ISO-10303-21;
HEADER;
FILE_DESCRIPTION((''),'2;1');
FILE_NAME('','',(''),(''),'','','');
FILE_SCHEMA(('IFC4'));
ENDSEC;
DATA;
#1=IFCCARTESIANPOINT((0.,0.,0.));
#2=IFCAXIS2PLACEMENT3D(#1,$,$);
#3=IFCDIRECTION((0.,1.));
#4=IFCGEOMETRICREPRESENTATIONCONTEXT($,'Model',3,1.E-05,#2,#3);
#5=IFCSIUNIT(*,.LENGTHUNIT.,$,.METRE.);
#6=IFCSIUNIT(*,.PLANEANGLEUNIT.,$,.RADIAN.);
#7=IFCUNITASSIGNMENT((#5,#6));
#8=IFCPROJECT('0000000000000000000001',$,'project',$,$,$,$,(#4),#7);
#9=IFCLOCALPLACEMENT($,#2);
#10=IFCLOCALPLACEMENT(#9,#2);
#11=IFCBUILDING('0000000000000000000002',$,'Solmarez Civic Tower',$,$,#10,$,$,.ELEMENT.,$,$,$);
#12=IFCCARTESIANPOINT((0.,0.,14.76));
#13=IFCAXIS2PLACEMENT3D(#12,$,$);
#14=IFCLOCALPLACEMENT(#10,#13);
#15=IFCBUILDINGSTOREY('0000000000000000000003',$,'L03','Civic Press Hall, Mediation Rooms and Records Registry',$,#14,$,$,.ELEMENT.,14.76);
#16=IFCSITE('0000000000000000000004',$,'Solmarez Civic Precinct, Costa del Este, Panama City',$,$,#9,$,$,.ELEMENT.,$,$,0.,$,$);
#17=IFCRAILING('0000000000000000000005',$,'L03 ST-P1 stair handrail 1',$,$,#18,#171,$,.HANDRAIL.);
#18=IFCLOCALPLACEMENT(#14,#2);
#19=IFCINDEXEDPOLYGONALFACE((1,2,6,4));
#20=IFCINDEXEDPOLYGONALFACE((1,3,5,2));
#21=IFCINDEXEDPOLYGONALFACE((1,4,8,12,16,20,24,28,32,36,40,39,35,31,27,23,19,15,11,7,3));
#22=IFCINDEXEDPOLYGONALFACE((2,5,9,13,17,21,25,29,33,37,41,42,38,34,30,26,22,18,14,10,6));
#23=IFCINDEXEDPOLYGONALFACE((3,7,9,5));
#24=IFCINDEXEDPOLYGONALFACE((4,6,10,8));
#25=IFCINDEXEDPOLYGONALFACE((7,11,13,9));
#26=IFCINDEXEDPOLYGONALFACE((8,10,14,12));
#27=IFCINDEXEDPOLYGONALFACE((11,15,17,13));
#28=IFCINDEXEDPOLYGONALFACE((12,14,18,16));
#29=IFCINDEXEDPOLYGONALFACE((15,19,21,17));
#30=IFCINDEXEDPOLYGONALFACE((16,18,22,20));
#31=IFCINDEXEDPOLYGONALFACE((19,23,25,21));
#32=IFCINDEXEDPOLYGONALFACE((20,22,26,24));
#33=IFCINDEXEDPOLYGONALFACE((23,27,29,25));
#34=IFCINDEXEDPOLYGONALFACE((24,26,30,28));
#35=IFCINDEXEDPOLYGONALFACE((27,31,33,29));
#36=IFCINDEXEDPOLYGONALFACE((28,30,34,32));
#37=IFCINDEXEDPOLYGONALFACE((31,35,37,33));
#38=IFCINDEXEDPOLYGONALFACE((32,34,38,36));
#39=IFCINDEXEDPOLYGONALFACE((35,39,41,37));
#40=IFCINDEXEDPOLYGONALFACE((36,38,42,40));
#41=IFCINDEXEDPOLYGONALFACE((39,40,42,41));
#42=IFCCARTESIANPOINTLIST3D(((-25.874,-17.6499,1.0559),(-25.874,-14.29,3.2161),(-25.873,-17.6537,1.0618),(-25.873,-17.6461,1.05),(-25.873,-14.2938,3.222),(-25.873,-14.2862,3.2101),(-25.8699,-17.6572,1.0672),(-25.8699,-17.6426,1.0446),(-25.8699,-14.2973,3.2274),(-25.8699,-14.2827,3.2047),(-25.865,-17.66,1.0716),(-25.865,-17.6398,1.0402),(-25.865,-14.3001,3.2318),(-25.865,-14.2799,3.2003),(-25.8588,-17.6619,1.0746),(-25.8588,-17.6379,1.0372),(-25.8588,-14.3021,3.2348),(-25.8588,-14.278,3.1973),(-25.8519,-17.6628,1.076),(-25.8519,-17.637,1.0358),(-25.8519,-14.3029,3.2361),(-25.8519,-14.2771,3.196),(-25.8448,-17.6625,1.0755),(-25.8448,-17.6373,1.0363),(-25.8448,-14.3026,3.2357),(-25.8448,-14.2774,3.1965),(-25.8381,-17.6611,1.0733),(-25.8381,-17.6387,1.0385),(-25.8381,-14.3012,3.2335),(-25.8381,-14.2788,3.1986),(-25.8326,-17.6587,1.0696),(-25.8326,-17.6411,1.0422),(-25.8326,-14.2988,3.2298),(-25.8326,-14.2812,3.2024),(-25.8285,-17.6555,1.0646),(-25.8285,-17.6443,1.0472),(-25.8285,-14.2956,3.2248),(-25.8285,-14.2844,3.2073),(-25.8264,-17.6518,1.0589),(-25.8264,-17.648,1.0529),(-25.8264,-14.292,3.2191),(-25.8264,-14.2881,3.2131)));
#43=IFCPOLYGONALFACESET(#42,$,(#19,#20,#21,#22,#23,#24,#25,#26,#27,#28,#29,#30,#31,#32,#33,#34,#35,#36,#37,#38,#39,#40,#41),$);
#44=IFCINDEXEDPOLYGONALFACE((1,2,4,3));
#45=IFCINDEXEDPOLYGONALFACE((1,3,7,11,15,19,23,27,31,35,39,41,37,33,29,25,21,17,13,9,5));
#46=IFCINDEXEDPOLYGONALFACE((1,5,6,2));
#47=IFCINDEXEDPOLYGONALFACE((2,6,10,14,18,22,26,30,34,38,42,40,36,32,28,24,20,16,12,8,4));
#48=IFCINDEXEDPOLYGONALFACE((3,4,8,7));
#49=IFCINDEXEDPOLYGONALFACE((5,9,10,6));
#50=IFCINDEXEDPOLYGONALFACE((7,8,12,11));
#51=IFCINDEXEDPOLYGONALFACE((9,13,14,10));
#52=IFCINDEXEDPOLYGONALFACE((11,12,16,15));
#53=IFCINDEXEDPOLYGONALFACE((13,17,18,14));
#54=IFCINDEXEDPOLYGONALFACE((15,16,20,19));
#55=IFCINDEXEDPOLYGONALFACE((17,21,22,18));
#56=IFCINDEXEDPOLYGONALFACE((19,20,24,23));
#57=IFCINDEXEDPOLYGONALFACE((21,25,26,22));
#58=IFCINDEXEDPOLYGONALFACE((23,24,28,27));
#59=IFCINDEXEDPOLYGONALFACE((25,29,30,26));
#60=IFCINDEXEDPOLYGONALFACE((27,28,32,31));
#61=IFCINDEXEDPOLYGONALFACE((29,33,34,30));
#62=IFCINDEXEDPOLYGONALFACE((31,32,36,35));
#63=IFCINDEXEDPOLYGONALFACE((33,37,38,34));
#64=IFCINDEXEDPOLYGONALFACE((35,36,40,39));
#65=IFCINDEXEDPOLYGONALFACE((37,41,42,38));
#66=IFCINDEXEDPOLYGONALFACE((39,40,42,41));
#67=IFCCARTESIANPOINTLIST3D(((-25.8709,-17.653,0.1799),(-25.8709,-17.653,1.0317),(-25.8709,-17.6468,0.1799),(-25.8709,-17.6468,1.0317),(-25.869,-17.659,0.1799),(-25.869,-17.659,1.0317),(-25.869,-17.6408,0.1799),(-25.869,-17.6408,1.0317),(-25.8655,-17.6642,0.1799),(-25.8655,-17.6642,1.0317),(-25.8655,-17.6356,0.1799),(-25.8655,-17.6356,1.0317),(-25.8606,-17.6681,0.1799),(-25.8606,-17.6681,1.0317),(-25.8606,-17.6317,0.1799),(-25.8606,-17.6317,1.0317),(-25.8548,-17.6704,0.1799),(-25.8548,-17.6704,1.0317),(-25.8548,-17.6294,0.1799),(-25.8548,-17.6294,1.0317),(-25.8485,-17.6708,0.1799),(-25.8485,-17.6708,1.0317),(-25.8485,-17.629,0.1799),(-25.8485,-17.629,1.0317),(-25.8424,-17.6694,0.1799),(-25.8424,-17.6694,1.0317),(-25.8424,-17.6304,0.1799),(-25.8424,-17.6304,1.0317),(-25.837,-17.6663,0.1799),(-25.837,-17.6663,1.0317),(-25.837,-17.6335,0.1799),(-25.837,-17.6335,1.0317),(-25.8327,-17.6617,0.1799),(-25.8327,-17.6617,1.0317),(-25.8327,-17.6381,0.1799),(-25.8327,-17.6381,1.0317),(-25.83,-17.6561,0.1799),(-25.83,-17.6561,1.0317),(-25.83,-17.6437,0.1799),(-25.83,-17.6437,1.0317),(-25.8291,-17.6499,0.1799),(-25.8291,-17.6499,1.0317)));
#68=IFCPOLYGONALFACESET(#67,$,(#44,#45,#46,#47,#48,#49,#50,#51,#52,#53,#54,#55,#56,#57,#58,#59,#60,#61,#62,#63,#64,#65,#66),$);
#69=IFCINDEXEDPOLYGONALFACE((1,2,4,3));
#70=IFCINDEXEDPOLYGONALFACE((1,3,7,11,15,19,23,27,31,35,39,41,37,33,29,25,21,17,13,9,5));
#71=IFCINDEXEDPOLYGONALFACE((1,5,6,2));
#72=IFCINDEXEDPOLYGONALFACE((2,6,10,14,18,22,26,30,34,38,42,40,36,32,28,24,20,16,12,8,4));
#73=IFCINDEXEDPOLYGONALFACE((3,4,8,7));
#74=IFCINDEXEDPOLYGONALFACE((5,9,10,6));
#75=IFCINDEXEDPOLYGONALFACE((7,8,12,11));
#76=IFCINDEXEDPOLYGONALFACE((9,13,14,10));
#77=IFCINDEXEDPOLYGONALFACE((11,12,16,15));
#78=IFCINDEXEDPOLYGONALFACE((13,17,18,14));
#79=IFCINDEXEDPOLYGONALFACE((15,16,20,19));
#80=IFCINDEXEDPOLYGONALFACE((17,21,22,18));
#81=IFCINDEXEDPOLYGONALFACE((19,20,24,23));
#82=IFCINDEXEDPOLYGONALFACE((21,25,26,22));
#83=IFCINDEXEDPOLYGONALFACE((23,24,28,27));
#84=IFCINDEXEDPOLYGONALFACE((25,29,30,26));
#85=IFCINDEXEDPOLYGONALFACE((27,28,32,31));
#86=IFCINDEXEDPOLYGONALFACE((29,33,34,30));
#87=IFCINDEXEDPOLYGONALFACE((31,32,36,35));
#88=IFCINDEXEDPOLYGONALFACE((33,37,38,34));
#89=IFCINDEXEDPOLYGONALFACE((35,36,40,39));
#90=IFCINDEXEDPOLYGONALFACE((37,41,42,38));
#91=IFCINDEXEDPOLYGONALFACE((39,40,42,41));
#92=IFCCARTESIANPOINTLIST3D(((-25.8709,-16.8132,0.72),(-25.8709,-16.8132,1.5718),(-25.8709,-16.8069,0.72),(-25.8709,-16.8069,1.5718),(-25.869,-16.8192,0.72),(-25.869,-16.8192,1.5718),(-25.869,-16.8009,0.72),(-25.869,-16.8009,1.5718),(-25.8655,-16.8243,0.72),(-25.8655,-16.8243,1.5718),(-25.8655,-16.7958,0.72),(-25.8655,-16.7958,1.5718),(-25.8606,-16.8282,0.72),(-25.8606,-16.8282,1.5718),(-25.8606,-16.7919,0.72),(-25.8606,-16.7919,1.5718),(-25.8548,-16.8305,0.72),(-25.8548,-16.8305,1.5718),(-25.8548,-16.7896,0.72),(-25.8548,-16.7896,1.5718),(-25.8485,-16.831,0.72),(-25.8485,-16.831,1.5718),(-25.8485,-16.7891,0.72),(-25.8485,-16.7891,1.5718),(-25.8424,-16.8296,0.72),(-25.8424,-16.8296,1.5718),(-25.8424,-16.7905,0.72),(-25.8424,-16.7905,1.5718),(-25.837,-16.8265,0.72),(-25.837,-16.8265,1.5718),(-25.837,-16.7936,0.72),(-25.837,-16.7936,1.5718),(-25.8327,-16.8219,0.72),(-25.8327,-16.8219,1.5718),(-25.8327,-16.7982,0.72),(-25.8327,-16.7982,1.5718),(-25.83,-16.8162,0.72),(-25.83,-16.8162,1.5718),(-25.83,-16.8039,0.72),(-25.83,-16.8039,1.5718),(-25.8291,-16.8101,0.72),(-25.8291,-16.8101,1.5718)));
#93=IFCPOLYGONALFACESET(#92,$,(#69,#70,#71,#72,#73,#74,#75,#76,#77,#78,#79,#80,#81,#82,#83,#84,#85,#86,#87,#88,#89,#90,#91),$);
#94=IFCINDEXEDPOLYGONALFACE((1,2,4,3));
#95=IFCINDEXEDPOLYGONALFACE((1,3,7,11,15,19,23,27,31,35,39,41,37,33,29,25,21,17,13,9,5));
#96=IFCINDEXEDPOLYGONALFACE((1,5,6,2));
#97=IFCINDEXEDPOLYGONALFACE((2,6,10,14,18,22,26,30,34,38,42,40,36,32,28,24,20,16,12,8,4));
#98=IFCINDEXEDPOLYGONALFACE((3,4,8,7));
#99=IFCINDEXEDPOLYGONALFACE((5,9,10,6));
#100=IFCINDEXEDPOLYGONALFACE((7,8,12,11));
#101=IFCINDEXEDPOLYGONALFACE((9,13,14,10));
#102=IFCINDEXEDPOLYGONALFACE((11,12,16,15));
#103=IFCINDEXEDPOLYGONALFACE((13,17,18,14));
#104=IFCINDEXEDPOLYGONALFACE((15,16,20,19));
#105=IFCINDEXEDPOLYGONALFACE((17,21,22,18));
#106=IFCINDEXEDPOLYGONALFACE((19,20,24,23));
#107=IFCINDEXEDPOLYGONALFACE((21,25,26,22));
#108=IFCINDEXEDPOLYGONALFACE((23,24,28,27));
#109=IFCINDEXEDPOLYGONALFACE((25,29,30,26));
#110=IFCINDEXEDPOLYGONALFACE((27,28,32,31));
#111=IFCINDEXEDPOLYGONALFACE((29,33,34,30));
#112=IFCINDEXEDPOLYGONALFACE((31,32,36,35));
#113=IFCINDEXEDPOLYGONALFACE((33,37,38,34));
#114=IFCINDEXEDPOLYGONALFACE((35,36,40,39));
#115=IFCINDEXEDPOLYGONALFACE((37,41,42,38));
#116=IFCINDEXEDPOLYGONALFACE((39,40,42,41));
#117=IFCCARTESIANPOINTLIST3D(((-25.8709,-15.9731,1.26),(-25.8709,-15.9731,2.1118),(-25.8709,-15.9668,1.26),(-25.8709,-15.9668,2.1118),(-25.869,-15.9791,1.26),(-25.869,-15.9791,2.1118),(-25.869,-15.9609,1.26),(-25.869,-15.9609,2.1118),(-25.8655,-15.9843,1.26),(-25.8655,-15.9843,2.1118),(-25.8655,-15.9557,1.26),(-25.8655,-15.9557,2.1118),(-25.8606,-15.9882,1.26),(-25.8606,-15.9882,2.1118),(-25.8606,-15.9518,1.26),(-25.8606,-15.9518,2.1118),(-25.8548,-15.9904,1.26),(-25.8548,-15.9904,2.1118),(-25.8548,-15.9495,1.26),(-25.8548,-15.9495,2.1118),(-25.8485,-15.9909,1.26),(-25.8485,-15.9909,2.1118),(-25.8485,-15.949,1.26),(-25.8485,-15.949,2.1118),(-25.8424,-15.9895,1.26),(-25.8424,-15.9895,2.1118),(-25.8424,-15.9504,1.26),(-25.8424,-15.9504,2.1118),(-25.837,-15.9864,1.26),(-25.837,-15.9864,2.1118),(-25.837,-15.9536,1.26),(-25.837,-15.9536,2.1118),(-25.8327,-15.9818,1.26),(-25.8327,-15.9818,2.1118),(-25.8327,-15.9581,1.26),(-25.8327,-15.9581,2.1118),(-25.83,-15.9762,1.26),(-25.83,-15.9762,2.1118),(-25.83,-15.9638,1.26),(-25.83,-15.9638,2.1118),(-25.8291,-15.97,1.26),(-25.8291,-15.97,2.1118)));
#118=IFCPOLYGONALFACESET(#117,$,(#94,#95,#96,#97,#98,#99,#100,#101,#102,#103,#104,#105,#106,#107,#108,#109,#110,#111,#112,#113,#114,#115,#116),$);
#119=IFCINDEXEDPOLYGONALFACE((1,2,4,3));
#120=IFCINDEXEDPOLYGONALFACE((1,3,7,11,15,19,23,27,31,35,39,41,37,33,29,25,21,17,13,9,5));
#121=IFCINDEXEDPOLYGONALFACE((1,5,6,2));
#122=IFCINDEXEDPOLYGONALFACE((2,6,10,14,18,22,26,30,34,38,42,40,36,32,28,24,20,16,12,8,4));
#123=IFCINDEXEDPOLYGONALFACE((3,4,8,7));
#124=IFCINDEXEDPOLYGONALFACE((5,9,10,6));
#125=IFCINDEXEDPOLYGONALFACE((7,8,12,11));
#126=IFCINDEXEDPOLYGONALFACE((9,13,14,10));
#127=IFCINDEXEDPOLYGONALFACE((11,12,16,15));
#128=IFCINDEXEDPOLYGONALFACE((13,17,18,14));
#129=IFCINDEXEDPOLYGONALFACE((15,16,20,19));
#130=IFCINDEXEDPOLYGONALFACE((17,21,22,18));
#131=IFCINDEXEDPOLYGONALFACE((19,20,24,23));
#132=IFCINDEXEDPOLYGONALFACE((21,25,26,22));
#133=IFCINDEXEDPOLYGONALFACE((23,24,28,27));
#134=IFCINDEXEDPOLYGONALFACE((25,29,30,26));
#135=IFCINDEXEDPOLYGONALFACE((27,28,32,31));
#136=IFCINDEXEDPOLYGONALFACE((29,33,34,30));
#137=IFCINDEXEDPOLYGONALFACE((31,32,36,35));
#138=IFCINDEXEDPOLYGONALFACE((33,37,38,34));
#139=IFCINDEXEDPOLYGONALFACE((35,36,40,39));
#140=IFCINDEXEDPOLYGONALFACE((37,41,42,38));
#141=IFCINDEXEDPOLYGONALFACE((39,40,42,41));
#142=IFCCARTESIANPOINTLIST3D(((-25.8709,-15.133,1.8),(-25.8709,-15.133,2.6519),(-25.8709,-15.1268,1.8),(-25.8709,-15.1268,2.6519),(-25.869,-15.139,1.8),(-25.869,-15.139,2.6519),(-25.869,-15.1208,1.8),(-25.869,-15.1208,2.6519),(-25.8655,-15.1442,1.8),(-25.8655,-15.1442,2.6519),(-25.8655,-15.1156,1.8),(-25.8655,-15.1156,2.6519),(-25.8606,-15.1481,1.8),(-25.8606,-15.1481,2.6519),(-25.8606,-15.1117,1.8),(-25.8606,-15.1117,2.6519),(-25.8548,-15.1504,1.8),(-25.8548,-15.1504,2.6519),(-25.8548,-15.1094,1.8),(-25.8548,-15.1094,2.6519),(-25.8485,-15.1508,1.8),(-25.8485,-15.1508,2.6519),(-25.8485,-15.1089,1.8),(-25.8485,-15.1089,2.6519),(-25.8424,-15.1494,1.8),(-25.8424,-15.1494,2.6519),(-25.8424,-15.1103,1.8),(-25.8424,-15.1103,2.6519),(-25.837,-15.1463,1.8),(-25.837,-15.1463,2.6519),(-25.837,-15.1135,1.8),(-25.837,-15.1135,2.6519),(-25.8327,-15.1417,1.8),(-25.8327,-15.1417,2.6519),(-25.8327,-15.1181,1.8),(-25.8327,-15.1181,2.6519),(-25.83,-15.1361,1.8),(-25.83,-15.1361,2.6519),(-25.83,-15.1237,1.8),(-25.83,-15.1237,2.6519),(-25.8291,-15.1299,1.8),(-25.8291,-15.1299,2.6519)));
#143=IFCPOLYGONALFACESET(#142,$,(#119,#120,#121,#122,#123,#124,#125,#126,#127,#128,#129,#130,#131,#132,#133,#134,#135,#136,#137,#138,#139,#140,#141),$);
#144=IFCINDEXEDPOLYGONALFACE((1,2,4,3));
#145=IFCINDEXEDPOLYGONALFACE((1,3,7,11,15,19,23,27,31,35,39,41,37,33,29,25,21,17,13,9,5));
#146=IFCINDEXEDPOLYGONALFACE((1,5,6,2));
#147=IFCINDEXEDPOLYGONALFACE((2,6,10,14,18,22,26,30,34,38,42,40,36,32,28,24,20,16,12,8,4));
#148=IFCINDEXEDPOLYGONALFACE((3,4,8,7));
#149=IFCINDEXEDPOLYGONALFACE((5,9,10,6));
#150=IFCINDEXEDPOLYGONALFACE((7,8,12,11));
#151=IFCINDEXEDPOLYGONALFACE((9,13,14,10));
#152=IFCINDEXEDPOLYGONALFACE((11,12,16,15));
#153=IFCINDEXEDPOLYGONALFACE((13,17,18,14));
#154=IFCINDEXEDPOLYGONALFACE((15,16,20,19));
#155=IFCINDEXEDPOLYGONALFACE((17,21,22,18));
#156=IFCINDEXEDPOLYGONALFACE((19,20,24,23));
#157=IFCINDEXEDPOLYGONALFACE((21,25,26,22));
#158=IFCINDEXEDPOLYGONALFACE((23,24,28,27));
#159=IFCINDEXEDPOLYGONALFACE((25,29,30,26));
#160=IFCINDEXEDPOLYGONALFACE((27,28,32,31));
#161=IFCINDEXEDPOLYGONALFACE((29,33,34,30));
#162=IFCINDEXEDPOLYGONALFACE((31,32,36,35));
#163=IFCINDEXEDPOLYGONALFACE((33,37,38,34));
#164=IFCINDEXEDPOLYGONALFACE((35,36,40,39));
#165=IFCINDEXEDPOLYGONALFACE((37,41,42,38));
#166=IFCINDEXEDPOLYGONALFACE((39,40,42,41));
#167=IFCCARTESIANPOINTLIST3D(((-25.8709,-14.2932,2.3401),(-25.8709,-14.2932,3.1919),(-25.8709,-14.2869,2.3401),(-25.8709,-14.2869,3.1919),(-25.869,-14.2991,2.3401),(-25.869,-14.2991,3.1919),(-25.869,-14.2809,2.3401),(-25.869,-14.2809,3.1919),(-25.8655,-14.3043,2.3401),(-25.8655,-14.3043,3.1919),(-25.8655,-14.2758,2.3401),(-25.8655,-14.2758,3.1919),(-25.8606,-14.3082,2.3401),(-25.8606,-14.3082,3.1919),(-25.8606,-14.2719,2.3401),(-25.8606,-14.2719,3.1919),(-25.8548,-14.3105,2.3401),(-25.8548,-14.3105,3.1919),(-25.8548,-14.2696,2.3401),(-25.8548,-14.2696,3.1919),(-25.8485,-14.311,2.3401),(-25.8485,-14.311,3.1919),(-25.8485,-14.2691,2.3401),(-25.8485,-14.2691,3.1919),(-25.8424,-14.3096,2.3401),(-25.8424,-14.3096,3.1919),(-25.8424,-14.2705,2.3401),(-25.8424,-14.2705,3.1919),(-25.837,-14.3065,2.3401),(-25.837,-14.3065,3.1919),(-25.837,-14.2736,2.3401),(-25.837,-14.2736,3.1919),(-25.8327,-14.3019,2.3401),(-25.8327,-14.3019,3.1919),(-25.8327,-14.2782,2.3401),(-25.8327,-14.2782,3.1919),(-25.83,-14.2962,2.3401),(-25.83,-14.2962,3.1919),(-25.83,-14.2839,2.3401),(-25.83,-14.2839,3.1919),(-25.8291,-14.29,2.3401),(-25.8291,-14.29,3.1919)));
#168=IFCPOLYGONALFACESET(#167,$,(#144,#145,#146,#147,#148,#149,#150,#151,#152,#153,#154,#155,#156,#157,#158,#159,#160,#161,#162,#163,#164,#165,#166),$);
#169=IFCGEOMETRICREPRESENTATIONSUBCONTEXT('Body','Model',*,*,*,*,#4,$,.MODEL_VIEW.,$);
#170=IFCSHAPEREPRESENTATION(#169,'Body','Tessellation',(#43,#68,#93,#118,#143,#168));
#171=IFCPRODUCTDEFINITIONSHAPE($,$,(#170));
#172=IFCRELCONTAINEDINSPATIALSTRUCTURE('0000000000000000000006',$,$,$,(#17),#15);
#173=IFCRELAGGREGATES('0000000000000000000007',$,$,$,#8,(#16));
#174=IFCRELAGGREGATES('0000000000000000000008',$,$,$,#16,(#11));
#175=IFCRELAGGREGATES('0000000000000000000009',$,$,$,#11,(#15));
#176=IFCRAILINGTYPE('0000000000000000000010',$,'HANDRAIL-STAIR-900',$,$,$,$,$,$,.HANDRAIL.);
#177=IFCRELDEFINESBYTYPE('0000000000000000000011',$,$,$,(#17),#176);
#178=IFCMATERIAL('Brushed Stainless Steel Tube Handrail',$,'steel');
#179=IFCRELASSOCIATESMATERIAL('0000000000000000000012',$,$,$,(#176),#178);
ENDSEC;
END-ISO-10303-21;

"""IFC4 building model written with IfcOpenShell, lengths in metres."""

from ifc_helpers import new_model, si_unit, direction, frame, origin, origin_2d, place, context, subcontext, project, spatial, circle, extrude, material, type_object, element, save


model = new_model("IFC4")

# Units and contexts
model_context = context("Model", 3, precision=1e-05, world=origin(), true_north=direction((0.0, 1.0)))
body_context = subcontext(model_context, "Body", "Model", "MODEL_VIEW")
ifc_project = project(units=[si_unit("LENGTHUNIT", "METRE"), si_unit("PLANEANGLEUNIT", "RADIAN")], contexts=[model_context])

# Site, building, storey
site_placement = place(None, origin())
site = spatial("IfcSite", under=ifc_project, at=site_placement, Name="Solmarez Civic Precinct, Costa del Este, Panama City", CompositionType="ELEMENT", RefElevation=0.0)
building_placement = place(site_placement, origin())
building = spatial("IfcBuilding", under=site, at=building_placement, Name="Solmarez Civic Tower", CompositionType="ELEMENT")
storey_placement = place(building_placement, frame((0.0, 0.0, 14.76)))
storey = spatial("IfcBuildingStorey", under=building, at=storey_placement, Name="L03", Description="Civic Press Hall, Mediation Rooms and Records Registry", CompositionType="ELEMENT", Elevation=14.76)

# Railing
ifc_material_1 = material(Name="Brushed Stainless Steel Tube Handrail", Category="steel")
railing_type_1 = type_object("IfcRailingType", Name="HANDRAIL-STAIR-900", PredefinedType="HANDRAIL", material=ifc_material_1)
railing_1_placement = place(storey_placement, frame((-25.8501, -17.6499, 0.1799)))
element("IfcRailing", 1, at=railing_1_placement, inside=storey, type_object=railing_type_1, Name="L03 ST-P1 stair handrail 1", PredefinedType="HANDRAIL", context=body_context, shape_type="SweptSolid", body=[
    extrude(circle(Radius=0.0239, at=origin_2d()), frame((0.0, 0.0, 0.876), z_axis=(0.0, 0.841151, 0.540801), x_axis=(-1.0, 0.0, 0.0)), (0.0, 0.0, 1.0), 3.9944),
    extrude(circle(Radius=0.021, at=origin_2d()), origin(), (0.0, 0.0, 1.0), 0.8518),
    extrude(circle(Radius=0.021, at=origin_2d()), frame((0.0, 0.8398, 0.54)), (0.0, 0.0, 1.0), 0.8518),
    extrude(circle(Radius=0.021, at=origin_2d()), frame((0.0, 1.6799, 1.0801)), (0.0, 0.0, 1.0), 0.8518),
    extrude(circle(Radius=0.021, at=origin_2d()), frame((0.0, 2.52, 1.6201)), (0.0, 0.0, 1.0), 0.8518),
    extrude(circle(Radius=0.021, at=origin_2d()), frame((0.0, 3.3599, 2.1602)), (0.0, 0.0, 1.0), 0.8518),
])

save(model, "model.ifc")
